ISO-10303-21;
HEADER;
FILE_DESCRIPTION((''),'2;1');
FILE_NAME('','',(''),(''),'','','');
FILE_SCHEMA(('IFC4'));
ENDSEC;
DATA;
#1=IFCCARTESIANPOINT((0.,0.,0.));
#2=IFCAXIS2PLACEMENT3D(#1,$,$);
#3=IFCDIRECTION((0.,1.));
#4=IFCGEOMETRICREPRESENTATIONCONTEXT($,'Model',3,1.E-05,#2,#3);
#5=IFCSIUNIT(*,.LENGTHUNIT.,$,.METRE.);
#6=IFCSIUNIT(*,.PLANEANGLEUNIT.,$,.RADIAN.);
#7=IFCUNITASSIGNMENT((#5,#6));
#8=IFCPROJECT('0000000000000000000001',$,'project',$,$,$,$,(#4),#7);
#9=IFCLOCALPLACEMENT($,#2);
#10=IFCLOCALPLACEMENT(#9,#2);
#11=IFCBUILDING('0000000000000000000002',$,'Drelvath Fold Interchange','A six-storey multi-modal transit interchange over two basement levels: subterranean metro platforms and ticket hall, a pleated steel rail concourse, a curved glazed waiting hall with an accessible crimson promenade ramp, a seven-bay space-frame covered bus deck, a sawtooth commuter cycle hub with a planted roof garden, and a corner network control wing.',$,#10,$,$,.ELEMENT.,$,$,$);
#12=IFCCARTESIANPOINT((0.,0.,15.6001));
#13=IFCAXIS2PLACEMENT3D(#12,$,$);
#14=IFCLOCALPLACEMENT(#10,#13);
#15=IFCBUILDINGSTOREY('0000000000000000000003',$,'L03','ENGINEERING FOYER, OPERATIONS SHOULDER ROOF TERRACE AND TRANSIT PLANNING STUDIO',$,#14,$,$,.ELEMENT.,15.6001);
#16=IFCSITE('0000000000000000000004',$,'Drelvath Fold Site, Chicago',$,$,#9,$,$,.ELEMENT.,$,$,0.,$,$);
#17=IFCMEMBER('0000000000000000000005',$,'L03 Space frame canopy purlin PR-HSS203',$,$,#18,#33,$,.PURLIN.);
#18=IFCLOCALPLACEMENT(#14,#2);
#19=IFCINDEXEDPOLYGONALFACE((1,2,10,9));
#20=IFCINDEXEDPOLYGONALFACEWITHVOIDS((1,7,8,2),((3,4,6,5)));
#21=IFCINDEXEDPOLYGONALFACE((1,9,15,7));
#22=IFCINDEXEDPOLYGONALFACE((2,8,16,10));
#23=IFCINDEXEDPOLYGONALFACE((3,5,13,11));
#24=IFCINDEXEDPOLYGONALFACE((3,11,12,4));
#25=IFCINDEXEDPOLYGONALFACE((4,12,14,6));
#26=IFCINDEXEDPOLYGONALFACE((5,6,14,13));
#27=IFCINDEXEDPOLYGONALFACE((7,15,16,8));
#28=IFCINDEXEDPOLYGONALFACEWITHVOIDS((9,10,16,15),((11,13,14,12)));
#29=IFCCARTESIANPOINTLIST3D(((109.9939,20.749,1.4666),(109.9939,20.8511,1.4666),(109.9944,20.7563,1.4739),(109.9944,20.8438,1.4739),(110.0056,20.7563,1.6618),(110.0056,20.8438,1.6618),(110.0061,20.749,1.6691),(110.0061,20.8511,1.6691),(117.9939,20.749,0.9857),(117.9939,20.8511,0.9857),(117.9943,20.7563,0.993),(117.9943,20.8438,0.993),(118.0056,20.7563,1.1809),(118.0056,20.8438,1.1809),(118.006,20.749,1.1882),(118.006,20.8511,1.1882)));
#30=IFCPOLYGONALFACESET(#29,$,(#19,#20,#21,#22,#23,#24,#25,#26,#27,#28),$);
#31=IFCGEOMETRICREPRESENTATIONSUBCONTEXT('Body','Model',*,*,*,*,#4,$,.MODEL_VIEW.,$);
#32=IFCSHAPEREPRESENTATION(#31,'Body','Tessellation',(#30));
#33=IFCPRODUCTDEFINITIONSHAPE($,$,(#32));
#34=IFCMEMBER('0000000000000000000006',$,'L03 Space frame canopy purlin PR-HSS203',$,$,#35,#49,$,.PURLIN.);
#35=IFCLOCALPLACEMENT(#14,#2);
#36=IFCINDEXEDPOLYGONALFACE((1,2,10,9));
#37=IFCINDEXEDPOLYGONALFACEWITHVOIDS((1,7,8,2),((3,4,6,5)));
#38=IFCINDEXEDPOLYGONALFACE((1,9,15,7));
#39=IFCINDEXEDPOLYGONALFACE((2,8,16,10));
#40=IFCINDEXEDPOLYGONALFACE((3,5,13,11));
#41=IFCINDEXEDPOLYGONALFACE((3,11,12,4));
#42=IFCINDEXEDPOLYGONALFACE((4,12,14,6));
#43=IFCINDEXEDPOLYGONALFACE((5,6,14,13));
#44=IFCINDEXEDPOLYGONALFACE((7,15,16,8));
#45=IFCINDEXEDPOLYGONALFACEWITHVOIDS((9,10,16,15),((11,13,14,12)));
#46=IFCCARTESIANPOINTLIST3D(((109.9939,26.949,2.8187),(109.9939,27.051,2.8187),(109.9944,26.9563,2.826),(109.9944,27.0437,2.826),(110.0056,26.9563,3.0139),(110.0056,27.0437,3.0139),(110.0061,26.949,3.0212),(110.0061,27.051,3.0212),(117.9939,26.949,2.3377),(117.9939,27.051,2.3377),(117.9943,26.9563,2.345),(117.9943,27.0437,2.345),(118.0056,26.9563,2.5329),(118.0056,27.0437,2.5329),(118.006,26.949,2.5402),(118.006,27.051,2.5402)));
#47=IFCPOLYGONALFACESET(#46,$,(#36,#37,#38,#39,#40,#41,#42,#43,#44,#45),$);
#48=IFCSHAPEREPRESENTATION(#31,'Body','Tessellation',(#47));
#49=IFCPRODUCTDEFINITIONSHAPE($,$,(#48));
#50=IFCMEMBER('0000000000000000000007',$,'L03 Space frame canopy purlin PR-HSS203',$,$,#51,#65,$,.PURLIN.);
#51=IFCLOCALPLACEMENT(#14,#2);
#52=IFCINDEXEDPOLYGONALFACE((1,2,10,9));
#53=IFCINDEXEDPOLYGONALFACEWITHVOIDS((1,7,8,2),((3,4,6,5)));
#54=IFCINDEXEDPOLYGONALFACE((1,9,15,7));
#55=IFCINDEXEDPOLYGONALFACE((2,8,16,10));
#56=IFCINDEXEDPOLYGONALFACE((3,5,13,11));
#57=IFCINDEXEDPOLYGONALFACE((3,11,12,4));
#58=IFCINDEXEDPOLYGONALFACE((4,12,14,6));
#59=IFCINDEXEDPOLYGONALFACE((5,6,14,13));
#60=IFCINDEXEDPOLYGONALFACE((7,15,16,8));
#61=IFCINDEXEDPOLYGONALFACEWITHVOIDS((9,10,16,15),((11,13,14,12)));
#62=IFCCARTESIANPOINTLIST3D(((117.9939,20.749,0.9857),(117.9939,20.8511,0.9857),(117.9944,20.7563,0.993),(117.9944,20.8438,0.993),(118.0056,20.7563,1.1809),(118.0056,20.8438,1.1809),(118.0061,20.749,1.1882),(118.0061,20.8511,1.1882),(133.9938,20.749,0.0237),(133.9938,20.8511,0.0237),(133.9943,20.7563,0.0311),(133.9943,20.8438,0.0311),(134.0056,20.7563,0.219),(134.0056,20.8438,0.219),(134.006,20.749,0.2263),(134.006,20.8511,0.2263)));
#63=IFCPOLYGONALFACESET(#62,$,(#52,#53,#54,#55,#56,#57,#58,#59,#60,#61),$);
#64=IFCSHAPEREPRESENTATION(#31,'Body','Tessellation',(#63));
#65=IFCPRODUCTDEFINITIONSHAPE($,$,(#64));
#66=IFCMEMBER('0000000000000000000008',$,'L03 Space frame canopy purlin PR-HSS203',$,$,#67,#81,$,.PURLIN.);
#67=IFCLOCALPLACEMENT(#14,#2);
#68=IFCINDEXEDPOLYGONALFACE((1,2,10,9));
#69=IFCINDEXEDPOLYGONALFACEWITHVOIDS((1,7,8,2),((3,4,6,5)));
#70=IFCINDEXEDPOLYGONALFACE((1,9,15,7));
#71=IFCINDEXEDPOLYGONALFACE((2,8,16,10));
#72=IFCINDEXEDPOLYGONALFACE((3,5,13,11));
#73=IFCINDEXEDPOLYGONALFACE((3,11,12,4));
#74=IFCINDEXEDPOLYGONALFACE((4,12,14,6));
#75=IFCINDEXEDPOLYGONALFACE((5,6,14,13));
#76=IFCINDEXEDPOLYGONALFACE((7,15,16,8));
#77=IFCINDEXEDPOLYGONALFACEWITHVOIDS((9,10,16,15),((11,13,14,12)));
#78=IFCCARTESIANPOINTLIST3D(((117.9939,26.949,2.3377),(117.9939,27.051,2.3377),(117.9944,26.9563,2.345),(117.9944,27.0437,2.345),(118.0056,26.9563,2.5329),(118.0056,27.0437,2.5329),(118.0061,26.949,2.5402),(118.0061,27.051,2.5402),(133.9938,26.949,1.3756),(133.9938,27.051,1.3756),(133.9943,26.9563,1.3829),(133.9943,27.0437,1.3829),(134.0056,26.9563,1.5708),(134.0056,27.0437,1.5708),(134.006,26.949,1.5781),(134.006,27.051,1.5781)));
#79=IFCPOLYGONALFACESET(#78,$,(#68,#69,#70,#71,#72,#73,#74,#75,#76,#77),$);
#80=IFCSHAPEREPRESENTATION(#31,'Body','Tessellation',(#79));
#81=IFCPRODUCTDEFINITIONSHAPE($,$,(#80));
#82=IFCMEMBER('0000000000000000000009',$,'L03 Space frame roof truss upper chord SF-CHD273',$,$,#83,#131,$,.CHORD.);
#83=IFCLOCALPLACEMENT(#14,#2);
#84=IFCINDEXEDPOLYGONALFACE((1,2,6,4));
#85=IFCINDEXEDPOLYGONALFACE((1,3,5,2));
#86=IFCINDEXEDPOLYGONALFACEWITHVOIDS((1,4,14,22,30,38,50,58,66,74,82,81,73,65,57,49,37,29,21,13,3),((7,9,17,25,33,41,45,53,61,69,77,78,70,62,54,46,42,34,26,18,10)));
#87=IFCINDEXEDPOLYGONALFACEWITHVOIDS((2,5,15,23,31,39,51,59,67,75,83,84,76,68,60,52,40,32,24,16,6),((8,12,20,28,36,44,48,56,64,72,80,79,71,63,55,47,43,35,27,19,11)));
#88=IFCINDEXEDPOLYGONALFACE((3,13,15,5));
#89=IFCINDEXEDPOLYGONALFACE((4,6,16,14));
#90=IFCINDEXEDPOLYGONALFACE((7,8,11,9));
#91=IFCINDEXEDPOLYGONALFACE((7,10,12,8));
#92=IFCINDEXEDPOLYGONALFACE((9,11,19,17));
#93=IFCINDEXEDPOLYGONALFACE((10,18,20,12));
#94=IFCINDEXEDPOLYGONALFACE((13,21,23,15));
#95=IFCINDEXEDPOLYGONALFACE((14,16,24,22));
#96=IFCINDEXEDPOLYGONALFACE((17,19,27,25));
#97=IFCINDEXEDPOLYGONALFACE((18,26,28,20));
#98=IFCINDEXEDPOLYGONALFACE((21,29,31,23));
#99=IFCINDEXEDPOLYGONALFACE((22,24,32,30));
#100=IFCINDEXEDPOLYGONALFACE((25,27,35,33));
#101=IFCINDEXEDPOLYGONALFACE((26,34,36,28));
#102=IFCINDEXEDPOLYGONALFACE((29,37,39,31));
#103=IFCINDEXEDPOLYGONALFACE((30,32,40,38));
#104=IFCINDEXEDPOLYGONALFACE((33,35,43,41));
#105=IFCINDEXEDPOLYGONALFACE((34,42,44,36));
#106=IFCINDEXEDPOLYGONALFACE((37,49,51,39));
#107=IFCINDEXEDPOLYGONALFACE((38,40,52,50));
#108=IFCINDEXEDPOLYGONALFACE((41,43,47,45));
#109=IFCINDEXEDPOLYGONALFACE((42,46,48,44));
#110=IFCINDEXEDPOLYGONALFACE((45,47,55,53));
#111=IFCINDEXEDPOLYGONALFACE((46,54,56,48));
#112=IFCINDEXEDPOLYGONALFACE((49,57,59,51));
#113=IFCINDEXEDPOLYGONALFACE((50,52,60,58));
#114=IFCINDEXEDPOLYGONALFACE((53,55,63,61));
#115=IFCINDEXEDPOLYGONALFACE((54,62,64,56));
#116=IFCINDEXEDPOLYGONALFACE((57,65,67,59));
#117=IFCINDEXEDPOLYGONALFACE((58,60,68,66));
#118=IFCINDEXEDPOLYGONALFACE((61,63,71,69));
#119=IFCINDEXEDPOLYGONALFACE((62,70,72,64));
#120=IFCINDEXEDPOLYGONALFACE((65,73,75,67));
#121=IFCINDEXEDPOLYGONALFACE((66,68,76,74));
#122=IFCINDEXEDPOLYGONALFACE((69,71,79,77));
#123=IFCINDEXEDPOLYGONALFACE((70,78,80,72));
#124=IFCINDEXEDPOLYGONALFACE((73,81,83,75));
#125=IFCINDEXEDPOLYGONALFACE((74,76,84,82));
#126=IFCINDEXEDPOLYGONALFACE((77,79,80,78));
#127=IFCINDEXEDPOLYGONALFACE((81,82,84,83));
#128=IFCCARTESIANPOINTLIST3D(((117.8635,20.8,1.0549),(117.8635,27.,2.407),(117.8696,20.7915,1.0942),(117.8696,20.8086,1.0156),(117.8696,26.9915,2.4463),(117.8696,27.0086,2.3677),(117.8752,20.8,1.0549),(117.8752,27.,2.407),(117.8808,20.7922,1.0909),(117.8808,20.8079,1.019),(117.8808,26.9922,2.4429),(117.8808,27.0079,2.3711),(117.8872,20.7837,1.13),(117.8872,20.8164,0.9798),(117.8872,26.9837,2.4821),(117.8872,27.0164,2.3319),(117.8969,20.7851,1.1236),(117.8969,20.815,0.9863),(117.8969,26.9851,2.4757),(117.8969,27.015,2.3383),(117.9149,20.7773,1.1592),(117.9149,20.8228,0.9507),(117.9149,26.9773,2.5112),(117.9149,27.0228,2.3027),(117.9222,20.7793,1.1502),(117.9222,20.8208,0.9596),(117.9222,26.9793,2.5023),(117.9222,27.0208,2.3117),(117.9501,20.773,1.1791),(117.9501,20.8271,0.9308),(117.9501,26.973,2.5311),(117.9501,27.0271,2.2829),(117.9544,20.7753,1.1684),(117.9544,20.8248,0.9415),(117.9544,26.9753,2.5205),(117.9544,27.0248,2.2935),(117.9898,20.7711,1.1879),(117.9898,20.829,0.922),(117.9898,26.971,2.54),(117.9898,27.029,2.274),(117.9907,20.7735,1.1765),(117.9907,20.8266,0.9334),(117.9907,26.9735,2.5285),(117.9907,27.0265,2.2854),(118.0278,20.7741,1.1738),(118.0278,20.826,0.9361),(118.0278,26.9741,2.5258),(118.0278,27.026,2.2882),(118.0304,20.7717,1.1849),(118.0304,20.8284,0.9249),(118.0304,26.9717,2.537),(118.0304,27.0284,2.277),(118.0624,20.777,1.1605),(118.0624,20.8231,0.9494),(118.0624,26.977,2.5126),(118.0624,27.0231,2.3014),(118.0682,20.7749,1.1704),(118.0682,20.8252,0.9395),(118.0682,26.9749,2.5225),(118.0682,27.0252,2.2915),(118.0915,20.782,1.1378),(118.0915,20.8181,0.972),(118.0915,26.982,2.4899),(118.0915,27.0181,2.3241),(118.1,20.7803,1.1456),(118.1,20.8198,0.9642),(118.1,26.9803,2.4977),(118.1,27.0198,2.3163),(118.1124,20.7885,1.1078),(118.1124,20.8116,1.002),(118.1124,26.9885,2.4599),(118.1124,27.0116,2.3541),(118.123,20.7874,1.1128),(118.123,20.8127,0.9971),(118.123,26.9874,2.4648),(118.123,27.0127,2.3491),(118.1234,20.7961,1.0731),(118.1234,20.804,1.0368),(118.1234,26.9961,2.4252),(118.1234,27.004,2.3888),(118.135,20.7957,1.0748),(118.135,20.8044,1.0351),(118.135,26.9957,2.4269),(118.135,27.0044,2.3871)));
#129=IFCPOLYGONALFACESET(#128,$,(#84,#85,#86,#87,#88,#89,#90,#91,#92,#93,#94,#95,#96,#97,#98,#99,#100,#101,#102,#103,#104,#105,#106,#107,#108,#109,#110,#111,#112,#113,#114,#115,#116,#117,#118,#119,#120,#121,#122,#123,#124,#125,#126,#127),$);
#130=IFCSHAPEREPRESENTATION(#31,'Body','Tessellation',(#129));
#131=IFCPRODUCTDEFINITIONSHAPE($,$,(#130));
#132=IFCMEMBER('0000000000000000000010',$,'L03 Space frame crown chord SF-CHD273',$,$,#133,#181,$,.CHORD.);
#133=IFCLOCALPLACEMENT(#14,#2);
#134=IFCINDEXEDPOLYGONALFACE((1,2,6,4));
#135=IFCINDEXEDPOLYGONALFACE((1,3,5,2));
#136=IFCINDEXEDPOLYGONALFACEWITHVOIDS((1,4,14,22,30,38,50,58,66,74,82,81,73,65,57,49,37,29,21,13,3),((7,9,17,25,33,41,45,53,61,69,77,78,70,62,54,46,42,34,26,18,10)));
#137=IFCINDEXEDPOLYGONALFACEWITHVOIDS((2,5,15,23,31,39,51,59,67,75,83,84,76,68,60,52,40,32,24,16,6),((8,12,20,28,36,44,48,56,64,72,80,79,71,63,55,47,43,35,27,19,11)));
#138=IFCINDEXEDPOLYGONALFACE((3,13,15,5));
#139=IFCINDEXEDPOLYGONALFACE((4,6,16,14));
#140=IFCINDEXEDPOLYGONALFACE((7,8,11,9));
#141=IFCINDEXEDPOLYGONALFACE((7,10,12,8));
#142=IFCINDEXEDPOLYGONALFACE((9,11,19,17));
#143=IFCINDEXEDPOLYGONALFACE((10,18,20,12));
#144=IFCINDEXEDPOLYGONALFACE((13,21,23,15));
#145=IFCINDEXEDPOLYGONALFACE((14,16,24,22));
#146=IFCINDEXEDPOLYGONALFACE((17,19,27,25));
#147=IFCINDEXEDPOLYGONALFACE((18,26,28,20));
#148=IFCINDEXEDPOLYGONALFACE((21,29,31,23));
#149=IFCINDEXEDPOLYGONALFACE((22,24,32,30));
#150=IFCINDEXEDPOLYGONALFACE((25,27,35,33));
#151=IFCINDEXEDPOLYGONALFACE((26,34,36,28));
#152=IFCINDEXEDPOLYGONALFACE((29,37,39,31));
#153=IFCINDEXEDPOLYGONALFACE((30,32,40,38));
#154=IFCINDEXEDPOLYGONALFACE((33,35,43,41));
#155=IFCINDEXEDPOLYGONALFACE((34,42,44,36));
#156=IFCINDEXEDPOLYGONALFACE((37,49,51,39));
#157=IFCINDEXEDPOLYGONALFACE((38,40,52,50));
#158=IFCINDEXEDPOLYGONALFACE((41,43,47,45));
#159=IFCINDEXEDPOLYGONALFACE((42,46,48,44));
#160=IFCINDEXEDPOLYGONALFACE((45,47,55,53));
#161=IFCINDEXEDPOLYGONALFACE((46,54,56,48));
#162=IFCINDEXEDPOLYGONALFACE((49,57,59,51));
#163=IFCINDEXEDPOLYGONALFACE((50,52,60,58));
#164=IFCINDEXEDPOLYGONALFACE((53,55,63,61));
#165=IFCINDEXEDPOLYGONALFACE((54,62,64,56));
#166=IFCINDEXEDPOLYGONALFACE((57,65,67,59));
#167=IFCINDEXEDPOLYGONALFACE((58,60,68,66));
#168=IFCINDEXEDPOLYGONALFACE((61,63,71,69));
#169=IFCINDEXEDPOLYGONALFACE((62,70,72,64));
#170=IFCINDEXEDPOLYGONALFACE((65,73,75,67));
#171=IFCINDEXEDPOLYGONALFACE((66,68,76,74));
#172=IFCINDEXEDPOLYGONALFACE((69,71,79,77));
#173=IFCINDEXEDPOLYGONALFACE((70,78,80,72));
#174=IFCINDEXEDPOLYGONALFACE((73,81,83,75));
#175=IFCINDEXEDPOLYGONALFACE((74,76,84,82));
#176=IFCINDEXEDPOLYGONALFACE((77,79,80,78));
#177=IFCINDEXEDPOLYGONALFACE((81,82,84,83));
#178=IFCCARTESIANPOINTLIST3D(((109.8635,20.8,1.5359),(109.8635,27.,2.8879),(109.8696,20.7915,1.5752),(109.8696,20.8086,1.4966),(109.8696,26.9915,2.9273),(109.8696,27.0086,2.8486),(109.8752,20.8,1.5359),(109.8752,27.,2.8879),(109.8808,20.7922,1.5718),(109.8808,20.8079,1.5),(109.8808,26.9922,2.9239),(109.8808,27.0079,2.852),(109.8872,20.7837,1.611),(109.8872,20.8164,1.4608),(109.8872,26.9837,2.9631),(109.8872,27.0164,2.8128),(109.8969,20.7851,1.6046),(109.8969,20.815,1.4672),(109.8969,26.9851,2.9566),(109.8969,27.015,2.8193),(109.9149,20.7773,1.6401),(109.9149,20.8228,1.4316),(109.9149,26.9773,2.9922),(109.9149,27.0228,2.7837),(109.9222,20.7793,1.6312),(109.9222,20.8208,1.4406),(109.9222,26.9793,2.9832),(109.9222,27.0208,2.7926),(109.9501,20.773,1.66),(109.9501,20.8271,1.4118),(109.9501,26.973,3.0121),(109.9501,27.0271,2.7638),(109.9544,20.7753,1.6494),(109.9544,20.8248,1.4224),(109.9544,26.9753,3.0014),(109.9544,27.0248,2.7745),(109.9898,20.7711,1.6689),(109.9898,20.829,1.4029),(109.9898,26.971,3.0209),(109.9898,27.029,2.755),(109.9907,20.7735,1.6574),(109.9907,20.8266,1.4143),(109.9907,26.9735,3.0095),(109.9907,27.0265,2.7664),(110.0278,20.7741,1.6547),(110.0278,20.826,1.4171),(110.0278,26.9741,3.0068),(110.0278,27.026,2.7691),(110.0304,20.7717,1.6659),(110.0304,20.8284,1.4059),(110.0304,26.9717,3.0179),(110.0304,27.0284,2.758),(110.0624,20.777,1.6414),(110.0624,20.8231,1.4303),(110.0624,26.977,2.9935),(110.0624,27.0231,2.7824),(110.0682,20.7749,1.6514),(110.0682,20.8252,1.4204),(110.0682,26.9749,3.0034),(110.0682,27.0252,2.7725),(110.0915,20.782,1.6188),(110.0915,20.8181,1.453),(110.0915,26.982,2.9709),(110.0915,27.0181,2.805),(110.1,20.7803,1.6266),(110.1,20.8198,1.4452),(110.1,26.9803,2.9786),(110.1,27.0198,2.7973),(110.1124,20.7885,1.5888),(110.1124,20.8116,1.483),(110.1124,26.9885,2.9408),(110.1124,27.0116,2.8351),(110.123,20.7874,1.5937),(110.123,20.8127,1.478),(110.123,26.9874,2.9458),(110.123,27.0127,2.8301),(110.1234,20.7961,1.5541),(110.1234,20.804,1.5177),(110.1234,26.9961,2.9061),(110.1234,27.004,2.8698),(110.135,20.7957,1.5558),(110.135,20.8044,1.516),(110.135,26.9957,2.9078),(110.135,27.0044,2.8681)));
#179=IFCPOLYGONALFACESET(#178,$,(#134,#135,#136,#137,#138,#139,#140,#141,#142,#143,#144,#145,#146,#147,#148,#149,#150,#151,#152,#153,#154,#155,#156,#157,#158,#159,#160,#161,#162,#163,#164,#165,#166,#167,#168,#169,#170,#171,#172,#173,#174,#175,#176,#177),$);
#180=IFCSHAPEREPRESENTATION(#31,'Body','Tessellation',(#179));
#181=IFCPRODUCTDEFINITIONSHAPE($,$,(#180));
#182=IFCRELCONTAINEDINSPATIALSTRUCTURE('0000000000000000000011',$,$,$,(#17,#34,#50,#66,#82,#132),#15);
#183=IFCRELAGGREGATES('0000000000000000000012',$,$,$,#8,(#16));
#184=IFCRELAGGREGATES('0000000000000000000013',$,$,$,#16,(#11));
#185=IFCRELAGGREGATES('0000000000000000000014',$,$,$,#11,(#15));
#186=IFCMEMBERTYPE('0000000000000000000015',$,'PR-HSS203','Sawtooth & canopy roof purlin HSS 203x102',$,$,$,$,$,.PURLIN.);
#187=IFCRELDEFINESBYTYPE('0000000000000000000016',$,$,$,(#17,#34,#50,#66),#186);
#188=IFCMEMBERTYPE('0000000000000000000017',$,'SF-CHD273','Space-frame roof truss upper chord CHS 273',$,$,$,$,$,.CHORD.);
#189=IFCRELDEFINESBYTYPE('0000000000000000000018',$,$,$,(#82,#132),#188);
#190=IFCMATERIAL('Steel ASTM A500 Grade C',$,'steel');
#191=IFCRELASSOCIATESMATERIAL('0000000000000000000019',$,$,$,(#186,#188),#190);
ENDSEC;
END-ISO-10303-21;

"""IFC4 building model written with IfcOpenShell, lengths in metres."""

from ifc_helpers import new_model, si_unit, direction, frame, origin, origin_2d, place, context, subcontext, project, spatial, hollow_rectangle, hollow_circle, extrude, material, material_profile, profile_set, type_object, element, save


model = new_model("IFC4")

# Units and contexts
model_context = context("Model", 3, precision=1e-05, world=origin(), true_north=direction((0.0, 1.0)))
body_context = subcontext(model_context, "Body", "Model", "MODEL_VIEW")
ifc_project = project(units=[si_unit("LENGTHUNIT", "METRE"), si_unit("PLANEANGLEUNIT", "RADIAN")], contexts=[model_context])

# Site, building, storey
site_placement = place(None, origin())
site = spatial("IfcSite", under=ifc_project, at=site_placement, Name="Drelvath Fold Site, Chicago", CompositionType="ELEMENT", RefElevation=0.0)
building_placement = place(site_placement, origin())
building = spatial("IfcBuilding", under=site, at=building_placement, Name="Drelvath Fold Interchange", Description="A six-storey multi-modal transit interchange over two basement levels: subterranean metro platforms and ticket hall, a pleated steel rail concourse, a curved glazed waiting hall with an accessible crimson promenade ramp, a seven-bay space-frame covered bus deck, a sawtooth commuter cycle hub with a planted roof garden, and a corner network control wing.", CompositionType="ELEMENT")
storey_placement = place(building_placement, frame((0.0, 0.0, 15.6001)))
storey = spatial("IfcBuildingStorey", under=building, at=storey_placement, Name="L03", Description="ENGINEERING FOYER, OPERATIONS SHOULDER ROOF TERRACE AND TRANSIT PLANNING STUDIO", CompositionType="ELEMENT", Elevation=15.6001)

# Members
ifc_material_1 = material(Name="Steel ASTM A500 Grade C", Category="steel")
ifc_material_profile_1 = material_profile(ifc_material_1, hollow_rectangle(XDim=0.1021, YDim=0.2029, WallThickness=0.0073, at=origin_2d()), Name="HSS8X4X5/16")
ifc_profile_set_1 = profile_set([ifc_material_profile_1], Name="Steel ASTM A500 Grade C")
member_type_1 = type_object("IfcMemberType", Name="PR-HSS203", Description="Sawtooth & canopy roof purlin HSS 203x102", PredefinedType="PURLIN", material=ifc_profile_set_1)
for number, where, z_axis, x_axis, name in (
    (1, (110.0, 20.8, 1.5679), (0.998198, 0.0, -0.060011), (0.0, 1.0, 0.0), "L03 Space frame canopy purlin PR-HSS203"),
    (2, (110.0, 27.0, 2.9199), (0.998198, 0.0, -0.060011), (0.0, 1.0, 0.0), "L03 Space frame canopy purlin PR-HSS203"),
):
    element("IfcMember", number, at=place(storey_placement, frame(where, z_axis=z_axis, x_axis=x_axis)), inside=storey, type_object=member_type_1, Name=name, PredefinedType="PURLIN", context=body_context, shape_type="SweptSolid", body=[
        extrude(hollow_rectangle(XDim=0.1021, YDim=0.2029, WallThickness=0.0073, at=origin_2d()), origin(), (0.0, 0.0, 1.0), 8.0144),
    ])
for number, where, z_axis, x_axis, name in (
    (3, (118.0, 20.8, 1.0869), (0.998198, 0.0, -0.060011), (0.0, 1.0, 0.0), "L03 Space frame canopy purlin PR-HSS203"),
    (4, (118.0, 27.0, 2.439), (0.998197, 0.0, -0.060026), (0.0, 1.0, 0.0), "L03 Space frame canopy purlin PR-HSS203"),
):
    element("IfcMember", number, at=place(storey_placement, frame(where, z_axis=z_axis, x_axis=x_axis)), inside=storey, type_object=member_type_1, Name=name, PredefinedType="PURLIN", context=body_context, shape_type="SweptSolid", body=[
        extrude(hollow_rectangle(XDim=0.1021, YDim=0.2029, WallThickness=0.0073, at=origin_2d()), origin(), (0.0, 0.0, 1.0), 16.0288),
    ])
ifc_material_profile_2 = material_profile(ifc_material_1, hollow_circle(Radius=0.1365, WallThickness=0.0117, at=origin_2d()), Name="HSS10.750X0.500")
ifc_profile_set_2 = profile_set([ifc_material_profile_2], Name="Steel ASTM A500 Grade C")
member_type_2 = type_object("IfcMemberType", Name="SF-CHD273", Description="Space-frame roof truss upper chord CHS 273", PredefinedType="CHORD", material=ifc_profile_set_2)
for number, where, z_axis, x_axis, name in (
    (5, (118.0, 20.8, 1.0549), (0.0, 0.977038, 0.213067), (-1.0, 0.0, 0.0), "L03 Space frame roof truss upper chord SF-CHD273"),
    (6, (110.0, 20.8, 1.5359), (0.0, 0.977038, 0.213067), (-1.0, 0.0, 0.0), "L03 Space frame crown chord SF-CHD273"),
):
    element("IfcMember", number, at=place(storey_placement, frame(where, z_axis=z_axis, x_axis=x_axis)), inside=storey, type_object=member_type_2, Name=name, PredefinedType="CHORD", context=body_context, shape_type="SweptSolid", body=[
        extrude(hollow_circle(Radius=0.1365, WallThickness=0.0117, at=origin_2d()), origin(), (0.0, 0.0, 1.0), 6.3457),
    ])

save(model, "model.ifc")
